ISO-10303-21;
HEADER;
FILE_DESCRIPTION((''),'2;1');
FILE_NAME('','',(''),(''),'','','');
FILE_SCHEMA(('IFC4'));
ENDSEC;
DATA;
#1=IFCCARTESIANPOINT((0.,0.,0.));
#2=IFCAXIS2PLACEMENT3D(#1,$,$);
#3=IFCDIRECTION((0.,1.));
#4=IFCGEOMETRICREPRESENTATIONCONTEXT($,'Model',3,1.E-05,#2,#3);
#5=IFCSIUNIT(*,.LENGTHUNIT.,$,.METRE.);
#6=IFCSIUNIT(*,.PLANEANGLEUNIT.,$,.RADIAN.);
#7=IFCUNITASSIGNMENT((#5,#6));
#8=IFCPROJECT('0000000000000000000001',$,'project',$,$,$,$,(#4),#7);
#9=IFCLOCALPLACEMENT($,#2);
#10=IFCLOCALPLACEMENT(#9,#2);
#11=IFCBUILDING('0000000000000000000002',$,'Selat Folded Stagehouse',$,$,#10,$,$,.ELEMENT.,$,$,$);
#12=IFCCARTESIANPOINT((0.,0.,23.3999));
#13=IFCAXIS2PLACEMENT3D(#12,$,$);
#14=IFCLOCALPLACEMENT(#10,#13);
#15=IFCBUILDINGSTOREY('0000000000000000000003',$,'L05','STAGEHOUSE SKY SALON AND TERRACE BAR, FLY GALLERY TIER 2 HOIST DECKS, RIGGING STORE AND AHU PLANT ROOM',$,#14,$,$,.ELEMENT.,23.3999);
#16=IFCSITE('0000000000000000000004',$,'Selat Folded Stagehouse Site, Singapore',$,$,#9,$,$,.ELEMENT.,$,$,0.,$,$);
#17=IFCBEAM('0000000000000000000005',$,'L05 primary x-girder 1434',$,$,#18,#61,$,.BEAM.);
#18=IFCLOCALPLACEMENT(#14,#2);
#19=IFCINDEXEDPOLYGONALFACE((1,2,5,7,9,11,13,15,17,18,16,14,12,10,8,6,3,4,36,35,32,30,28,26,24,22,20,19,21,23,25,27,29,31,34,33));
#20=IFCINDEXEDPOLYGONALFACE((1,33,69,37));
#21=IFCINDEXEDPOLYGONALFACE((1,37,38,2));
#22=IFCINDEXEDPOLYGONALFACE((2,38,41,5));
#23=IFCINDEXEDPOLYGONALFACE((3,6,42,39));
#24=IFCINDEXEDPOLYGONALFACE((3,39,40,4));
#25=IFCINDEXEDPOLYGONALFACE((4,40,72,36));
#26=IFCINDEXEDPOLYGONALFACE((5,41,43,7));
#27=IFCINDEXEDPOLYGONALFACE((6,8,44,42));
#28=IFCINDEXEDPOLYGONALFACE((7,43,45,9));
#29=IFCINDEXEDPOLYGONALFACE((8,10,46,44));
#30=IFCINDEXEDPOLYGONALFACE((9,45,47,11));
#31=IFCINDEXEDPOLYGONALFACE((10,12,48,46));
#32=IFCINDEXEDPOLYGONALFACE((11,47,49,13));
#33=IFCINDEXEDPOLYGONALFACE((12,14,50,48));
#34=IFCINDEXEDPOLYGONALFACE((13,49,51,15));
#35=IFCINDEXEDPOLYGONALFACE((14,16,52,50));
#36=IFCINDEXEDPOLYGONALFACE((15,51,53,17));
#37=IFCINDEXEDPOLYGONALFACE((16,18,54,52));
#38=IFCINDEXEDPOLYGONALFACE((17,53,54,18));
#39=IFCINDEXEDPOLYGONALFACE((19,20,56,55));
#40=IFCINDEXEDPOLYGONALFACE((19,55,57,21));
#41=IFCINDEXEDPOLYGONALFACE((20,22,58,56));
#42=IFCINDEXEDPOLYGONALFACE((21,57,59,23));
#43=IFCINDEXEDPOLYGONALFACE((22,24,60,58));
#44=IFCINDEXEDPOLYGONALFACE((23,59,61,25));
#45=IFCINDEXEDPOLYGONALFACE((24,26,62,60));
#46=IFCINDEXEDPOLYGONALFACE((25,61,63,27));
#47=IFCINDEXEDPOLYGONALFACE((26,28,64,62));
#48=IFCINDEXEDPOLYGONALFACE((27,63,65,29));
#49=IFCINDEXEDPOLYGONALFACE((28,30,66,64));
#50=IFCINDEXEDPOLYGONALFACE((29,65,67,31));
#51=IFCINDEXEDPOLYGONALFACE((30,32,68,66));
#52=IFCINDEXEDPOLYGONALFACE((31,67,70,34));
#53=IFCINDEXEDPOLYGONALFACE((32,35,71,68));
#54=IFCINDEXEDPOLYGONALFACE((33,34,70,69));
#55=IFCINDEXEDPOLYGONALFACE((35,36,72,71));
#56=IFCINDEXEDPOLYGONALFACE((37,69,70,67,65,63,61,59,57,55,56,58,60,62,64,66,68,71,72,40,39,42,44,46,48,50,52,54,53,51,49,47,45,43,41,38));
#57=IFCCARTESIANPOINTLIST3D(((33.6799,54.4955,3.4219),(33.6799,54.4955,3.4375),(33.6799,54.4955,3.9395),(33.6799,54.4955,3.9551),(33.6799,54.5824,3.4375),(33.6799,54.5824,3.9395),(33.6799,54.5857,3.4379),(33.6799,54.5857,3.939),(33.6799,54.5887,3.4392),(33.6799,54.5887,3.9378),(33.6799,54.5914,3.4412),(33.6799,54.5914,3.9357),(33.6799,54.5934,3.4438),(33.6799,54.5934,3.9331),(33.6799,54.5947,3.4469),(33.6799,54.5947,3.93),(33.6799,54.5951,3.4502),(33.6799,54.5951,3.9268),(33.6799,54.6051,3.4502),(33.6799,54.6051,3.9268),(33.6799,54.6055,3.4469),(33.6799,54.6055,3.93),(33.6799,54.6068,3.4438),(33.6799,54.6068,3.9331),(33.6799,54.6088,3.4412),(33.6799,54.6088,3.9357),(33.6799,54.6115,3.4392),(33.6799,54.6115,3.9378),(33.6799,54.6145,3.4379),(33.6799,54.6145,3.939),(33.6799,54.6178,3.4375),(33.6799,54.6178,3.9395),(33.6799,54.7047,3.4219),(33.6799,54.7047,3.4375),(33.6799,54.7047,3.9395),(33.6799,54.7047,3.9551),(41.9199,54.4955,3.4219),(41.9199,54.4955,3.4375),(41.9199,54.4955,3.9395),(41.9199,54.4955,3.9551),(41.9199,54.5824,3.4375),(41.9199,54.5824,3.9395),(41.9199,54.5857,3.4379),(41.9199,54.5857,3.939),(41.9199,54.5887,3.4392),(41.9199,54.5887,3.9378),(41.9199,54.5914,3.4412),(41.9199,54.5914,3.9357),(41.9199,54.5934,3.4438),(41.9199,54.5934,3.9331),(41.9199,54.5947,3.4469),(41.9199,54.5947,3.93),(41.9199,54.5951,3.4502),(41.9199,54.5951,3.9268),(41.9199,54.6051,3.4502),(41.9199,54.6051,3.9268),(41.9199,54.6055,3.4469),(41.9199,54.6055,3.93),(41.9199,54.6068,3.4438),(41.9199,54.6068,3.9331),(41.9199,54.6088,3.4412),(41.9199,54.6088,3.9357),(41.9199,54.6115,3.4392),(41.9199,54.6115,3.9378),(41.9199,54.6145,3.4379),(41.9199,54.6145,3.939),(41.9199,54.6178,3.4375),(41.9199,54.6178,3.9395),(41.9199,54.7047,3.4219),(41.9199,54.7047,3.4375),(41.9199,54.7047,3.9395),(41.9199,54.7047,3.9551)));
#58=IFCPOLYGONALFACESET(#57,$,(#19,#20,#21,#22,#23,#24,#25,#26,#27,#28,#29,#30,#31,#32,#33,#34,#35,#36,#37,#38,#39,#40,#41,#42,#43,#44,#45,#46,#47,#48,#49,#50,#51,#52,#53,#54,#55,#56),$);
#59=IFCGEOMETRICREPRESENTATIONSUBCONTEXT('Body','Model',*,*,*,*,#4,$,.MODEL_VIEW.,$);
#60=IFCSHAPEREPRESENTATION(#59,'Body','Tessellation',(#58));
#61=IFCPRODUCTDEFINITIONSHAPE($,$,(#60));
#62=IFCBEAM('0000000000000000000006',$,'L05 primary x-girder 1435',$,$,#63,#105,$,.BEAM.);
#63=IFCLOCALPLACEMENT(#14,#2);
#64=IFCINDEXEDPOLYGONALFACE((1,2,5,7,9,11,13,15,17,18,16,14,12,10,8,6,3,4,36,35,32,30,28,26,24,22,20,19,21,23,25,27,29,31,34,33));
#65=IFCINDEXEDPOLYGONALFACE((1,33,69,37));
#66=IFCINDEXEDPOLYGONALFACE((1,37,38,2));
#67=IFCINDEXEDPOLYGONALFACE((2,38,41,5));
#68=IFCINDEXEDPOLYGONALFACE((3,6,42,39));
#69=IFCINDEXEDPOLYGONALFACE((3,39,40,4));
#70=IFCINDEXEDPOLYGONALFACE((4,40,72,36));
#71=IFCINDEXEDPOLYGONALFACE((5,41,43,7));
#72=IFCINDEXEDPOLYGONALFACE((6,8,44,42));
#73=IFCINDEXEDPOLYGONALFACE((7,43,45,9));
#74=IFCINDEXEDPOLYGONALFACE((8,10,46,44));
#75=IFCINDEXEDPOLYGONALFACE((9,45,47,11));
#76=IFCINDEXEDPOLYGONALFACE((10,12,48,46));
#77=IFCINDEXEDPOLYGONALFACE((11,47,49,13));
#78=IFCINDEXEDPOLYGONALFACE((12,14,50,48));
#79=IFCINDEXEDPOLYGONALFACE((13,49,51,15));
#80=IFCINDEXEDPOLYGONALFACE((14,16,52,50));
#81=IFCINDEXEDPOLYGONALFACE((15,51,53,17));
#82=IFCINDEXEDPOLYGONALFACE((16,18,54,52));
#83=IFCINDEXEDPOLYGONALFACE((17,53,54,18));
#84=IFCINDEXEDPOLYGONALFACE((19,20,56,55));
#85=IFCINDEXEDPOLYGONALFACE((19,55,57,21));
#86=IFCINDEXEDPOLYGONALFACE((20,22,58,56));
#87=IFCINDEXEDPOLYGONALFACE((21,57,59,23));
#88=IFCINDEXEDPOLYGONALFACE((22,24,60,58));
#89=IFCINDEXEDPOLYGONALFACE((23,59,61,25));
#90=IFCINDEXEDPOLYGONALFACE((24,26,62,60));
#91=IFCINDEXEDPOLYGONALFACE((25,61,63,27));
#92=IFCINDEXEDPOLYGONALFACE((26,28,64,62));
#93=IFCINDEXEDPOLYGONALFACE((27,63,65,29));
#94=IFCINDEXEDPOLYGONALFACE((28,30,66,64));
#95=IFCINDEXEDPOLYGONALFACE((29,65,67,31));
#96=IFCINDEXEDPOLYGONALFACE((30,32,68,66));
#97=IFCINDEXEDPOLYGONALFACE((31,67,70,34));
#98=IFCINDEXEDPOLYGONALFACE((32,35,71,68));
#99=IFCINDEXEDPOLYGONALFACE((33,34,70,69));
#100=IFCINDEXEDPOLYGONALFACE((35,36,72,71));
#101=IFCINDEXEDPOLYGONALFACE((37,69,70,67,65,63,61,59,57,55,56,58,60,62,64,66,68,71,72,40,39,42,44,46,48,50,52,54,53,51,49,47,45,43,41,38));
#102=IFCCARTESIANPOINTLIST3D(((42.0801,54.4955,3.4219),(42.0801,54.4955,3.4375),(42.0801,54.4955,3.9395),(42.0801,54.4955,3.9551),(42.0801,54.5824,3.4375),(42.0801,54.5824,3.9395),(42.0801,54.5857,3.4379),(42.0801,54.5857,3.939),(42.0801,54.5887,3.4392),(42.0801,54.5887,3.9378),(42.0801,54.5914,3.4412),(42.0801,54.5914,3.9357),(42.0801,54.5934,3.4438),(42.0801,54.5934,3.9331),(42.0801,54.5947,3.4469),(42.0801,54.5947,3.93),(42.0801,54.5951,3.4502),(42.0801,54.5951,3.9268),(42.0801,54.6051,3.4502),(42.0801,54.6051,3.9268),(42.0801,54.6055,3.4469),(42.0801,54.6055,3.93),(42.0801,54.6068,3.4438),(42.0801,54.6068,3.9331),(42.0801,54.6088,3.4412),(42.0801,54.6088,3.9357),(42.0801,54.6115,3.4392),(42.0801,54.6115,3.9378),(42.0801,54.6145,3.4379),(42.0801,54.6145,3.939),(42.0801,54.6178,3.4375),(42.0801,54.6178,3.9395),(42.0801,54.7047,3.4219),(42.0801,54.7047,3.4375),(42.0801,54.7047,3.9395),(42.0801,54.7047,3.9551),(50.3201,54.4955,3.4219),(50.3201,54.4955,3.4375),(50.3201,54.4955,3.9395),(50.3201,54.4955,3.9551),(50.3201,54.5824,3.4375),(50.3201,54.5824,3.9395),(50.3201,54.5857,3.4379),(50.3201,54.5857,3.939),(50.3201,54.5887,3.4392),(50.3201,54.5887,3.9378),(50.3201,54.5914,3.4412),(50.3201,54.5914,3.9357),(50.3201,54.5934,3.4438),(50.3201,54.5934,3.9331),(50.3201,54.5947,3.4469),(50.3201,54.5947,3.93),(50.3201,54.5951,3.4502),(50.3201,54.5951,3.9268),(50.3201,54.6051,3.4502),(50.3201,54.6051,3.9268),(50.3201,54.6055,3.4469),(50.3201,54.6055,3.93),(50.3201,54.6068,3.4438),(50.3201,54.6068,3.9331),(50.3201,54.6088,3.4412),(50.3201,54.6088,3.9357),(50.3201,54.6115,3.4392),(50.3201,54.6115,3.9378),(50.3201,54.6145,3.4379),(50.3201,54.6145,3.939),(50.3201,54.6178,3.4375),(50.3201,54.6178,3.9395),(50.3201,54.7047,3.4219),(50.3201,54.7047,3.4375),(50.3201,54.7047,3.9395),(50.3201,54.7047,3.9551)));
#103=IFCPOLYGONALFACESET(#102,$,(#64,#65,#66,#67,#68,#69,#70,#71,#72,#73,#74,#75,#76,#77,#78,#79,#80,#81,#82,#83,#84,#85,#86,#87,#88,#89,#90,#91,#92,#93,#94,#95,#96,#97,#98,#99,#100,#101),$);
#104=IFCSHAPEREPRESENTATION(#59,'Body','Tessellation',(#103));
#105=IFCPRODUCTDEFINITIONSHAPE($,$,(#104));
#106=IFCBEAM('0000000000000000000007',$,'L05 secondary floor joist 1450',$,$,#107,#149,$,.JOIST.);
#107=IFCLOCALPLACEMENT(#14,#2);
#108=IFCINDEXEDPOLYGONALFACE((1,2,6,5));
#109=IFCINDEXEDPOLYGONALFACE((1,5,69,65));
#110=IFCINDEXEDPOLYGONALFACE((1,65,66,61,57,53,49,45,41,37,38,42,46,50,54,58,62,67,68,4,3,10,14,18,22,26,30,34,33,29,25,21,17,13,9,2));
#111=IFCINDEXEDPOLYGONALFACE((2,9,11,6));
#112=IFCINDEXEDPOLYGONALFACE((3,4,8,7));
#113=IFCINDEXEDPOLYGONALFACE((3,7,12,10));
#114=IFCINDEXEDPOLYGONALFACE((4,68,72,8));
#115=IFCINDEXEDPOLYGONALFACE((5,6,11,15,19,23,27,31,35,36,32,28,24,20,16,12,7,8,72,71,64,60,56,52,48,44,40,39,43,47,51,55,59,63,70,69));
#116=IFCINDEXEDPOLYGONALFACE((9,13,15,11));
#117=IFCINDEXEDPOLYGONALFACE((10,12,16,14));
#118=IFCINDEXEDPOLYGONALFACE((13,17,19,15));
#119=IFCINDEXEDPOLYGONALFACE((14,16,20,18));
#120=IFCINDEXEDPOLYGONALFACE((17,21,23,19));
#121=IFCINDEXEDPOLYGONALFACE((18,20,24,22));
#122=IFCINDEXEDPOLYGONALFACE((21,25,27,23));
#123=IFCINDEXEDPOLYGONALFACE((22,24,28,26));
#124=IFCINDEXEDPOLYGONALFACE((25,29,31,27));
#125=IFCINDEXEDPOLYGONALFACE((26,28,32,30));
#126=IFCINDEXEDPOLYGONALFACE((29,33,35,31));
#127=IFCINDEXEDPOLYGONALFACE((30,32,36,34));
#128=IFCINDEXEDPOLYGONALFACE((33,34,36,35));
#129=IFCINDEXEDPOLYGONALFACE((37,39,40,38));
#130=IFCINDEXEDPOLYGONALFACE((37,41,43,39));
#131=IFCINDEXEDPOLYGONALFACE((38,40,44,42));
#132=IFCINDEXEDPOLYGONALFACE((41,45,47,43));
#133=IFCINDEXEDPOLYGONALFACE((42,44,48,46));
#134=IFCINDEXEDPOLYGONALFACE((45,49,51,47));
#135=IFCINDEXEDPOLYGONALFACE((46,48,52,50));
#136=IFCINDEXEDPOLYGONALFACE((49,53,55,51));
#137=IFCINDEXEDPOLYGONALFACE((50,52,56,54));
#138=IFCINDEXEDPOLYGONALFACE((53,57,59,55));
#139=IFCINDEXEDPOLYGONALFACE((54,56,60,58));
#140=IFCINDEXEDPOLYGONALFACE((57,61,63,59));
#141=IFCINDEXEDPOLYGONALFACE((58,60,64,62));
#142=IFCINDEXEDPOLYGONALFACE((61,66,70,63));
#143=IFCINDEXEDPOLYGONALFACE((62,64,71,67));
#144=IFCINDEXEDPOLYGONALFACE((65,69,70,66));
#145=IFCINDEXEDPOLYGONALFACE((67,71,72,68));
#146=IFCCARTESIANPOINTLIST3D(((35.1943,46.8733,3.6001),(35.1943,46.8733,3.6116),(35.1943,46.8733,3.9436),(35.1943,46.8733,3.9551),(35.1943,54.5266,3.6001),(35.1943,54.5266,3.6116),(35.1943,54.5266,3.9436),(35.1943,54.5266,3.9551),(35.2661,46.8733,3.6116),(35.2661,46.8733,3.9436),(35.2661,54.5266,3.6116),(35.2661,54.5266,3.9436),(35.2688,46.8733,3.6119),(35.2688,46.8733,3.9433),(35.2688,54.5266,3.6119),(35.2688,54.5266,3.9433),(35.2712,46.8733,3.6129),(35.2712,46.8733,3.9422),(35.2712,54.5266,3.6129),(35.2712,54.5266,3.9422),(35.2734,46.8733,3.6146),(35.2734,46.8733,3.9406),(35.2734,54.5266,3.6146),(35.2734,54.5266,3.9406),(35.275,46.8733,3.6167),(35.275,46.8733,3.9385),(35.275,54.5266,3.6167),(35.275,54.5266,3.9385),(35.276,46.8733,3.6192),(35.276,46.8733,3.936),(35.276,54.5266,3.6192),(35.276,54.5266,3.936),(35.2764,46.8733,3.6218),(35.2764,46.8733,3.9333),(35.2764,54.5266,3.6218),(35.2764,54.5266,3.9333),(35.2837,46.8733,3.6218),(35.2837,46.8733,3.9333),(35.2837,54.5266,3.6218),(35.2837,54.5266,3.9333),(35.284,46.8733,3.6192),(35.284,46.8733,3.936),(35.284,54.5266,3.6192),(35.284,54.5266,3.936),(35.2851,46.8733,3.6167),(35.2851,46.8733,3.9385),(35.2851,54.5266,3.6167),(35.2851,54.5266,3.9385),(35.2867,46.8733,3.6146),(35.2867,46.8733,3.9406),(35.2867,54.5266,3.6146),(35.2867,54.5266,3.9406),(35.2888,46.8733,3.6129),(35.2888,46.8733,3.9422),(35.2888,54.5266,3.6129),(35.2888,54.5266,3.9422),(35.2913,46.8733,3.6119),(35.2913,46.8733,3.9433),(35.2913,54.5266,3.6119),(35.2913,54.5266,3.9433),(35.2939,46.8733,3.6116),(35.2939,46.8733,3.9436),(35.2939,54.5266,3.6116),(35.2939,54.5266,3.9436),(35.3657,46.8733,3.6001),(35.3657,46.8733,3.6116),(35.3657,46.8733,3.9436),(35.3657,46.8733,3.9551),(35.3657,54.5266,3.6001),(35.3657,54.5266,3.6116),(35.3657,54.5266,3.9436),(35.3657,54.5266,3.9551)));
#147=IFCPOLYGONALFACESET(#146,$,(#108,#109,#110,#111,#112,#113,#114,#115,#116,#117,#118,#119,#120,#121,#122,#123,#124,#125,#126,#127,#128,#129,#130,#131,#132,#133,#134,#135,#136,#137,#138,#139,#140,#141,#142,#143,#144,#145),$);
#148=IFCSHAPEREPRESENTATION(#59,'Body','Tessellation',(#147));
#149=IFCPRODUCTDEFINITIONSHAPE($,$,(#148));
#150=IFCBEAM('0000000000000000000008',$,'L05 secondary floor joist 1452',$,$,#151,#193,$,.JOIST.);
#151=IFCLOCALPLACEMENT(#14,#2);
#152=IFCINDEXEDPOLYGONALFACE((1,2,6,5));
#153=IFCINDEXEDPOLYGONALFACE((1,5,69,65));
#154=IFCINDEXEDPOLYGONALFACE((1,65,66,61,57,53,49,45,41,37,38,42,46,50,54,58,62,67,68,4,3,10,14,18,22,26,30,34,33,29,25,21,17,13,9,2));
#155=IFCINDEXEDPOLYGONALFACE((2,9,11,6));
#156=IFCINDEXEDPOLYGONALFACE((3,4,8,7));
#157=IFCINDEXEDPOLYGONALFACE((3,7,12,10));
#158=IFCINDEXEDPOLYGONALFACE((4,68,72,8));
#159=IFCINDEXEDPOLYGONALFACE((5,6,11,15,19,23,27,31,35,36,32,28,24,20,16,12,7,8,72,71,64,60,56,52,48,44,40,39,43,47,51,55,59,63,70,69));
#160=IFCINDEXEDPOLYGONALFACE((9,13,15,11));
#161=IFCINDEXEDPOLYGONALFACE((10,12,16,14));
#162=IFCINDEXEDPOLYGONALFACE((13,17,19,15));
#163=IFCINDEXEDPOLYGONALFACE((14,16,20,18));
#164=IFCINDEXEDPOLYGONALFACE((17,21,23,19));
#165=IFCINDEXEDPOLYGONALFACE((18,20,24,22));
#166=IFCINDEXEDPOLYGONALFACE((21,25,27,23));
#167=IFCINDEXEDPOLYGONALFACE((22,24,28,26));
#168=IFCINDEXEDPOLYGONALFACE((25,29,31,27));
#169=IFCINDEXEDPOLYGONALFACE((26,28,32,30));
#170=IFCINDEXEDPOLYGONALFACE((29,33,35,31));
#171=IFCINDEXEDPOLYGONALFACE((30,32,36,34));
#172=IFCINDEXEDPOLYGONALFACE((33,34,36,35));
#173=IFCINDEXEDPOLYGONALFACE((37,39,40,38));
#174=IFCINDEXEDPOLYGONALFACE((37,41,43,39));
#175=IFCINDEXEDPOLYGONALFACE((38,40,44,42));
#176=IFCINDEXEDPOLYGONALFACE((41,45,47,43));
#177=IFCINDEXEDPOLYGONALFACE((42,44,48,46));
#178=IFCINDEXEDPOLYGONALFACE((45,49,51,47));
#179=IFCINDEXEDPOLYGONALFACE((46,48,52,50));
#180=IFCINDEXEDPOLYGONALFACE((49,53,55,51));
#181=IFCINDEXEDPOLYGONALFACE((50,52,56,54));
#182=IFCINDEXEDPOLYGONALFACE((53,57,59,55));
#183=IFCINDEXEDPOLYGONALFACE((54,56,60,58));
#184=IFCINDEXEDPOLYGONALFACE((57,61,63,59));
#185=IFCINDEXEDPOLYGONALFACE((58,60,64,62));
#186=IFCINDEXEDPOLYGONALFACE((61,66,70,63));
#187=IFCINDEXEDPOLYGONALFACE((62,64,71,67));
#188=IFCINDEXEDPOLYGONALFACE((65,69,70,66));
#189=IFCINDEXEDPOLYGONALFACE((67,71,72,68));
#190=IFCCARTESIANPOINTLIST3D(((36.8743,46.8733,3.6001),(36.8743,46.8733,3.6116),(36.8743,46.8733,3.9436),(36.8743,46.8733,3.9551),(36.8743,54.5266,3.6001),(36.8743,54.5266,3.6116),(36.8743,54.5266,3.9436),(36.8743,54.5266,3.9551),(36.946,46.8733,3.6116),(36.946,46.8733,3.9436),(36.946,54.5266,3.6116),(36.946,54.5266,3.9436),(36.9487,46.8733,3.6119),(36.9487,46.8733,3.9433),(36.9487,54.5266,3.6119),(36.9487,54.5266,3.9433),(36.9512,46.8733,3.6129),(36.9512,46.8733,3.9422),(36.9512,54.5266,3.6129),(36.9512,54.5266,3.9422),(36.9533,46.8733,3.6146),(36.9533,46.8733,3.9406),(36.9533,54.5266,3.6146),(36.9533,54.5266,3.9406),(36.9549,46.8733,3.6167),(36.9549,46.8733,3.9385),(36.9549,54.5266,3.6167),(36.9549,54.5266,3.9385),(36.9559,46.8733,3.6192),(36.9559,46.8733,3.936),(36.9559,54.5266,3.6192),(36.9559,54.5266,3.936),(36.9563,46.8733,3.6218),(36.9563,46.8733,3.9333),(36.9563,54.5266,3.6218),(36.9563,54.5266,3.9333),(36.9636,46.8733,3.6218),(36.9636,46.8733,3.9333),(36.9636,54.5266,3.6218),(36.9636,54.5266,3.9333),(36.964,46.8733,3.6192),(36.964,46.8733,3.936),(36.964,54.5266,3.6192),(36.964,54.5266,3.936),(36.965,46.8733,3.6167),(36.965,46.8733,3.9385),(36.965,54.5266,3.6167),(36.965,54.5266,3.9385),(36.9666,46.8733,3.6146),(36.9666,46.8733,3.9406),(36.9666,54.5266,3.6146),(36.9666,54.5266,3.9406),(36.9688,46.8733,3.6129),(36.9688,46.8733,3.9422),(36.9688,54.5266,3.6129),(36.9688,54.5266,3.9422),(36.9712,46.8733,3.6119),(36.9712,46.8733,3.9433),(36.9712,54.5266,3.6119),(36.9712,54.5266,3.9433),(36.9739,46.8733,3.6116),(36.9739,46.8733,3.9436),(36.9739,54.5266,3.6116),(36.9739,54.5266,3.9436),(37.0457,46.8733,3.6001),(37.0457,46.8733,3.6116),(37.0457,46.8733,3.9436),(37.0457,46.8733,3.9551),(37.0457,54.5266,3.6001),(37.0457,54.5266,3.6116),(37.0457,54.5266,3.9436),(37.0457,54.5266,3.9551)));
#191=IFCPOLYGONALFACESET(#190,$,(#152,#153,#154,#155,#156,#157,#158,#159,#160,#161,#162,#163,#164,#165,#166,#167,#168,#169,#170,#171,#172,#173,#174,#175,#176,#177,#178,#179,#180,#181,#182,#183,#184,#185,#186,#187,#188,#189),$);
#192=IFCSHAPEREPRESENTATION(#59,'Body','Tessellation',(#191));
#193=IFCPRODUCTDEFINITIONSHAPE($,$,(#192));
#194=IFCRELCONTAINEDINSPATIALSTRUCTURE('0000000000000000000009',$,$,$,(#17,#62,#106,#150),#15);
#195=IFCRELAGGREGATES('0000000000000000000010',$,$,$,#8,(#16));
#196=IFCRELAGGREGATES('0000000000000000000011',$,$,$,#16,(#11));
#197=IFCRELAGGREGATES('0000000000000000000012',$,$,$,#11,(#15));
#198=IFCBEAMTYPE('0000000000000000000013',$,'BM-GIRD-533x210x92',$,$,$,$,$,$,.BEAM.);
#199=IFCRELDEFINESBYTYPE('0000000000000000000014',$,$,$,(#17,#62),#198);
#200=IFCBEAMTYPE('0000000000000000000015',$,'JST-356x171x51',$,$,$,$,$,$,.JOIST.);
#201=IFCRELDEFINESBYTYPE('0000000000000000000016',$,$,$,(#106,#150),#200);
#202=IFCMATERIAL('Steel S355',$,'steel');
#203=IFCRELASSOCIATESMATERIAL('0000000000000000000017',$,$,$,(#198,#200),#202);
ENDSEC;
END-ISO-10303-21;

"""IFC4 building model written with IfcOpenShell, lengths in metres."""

from ifc_helpers import new_model, si_unit, direction, frame, origin, origin_2d, place, context, subcontext, project, spatial, i_section, extrude, material, material_profile, profile_set, type_object, element, save


model = new_model("IFC4")

# Units and contexts
model_context = context("Model", 3, precision=1e-05, world=origin(), true_north=direction((0.0, 1.0)))
body_context = subcontext(model_context, "Body", "Model", "MODEL_VIEW")
ifc_project = project(units=[si_unit("LENGTHUNIT", "METRE"), si_unit("PLANEANGLEUNIT", "RADIAN")], contexts=[model_context])

# Site, building, storey
site_placement = place(None, origin())
site = spatial("IfcSite", under=ifc_project, at=site_placement, Name="Selat Folded Stagehouse Site, Singapore", CompositionType="ELEMENT", RefElevation=0.0)
building_placement = place(site_placement, origin())
building = spatial("IfcBuilding", under=site, at=building_placement, Name="Selat Folded Stagehouse", CompositionType="ELEMENT")
storey_placement = place(building_placement, frame((0.0, 0.0, 23.3999)))
storey = spatial("IfcBuildingStorey", under=building, at=storey_placement, Name="L05", Description="STAGEHOUSE SKY SALON AND TERRACE BAR, FLY GALLERY TIER 2 HOIST DECKS, RIGGING STORE AND AHU PLANT ROOM", CompositionType="ELEMENT", Elevation=23.3999)

# Shared definitions
ifc_material_1 = material(Name="Steel S355", Category="steel")

# Beams
ifc_material_profile_1 = material_profile(ifc_material_1, i_section(OverallWidth=0.2092, OverallDepth=0.5332, WebThickness=0.01, FlangeThickness=0.0156, FilletRadius=0.0127, at=origin_2d()), Name="UKB 533x210x92")
ifc_profile_set_1 = profile_set([ifc_material_profile_1], Name="Steel S355")
beam_type_1 = type_object("IfcBeamType", Name="BM-GIRD-533x210x92", PredefinedType="BEAM", material=ifc_profile_set_1)
for number, where, z_axis, x_axis, name in (
    (1, (33.6799, 54.6001, 3.6885), (1.0, 0.0, 0.0), (0.0, 1.0, 0.0), "L05 primary x-girder 1434"),
    (2, (42.0801, 54.6001, 3.6885), (1.0, 0.0, 0.0), (0.0, 1.0, 0.0), "L05 primary x-girder 1435"),
):
    element("IfcBeam", number, at=place(storey_placement, frame(where, z_axis=z_axis, x_axis=x_axis)), inside=storey, type_object=beam_type_1, Name=name, PredefinedType="BEAM", context=body_context, shape_type="SweptSolid", body=[
        extrude(i_section(OverallWidth=0.2092, OverallDepth=0.5332, WebThickness=0.01, FlangeThickness=0.0156, FilletRadius=0.0127, at=origin_2d()), origin(), (0.0, 0.0, 1.0), 8.24),
    ])
ifc_material_profile_2 = material_profile(ifc_material_1, i_section(OverallWidth=0.1714, OverallDepth=0.355, WebThickness=0.0073, FlangeThickness=0.0115, FilletRadius=0.0103, at=origin_2d()), Name="UKB 356x171x51")
ifc_profile_set_2 = profile_set([ifc_material_profile_2], Name="Steel S355")
beam_type_2 = type_object("IfcBeamType", Name="JST-356x171x51", PredefinedType="JOIST", material=ifc_profile_set_2)
for number, where, z_axis, x_axis, name in (
    (3, (35.28, 46.8733, 3.7776), (0.0, 1.0, 0.0), (-1.0, 0.0, 0.0), "L05 secondary floor joist 1450"),
    (4, (36.96, 46.8733, 3.7776), (0.0, 1.0, 0.0), (-1.0, 0.0, 0.0), "L05 secondary floor joist 1452"),
):
    element("IfcBeam", number, at=place(storey_placement, frame(where, z_axis=z_axis, x_axis=x_axis)), inside=storey, type_object=beam_type_2, Name=name, PredefinedType="JOIST", context=body_context, shape_type="SweptSolid", body=[
        extrude(i_section(OverallWidth=0.1714, OverallDepth=0.355, WebThickness=0.0073, FlangeThickness=0.0115, FilletRadius=0.0103, at=origin_2d()), origin(), (0.0, 0.0, 1.0), 7.6533),
    ])

save(model, "model.ifc")
